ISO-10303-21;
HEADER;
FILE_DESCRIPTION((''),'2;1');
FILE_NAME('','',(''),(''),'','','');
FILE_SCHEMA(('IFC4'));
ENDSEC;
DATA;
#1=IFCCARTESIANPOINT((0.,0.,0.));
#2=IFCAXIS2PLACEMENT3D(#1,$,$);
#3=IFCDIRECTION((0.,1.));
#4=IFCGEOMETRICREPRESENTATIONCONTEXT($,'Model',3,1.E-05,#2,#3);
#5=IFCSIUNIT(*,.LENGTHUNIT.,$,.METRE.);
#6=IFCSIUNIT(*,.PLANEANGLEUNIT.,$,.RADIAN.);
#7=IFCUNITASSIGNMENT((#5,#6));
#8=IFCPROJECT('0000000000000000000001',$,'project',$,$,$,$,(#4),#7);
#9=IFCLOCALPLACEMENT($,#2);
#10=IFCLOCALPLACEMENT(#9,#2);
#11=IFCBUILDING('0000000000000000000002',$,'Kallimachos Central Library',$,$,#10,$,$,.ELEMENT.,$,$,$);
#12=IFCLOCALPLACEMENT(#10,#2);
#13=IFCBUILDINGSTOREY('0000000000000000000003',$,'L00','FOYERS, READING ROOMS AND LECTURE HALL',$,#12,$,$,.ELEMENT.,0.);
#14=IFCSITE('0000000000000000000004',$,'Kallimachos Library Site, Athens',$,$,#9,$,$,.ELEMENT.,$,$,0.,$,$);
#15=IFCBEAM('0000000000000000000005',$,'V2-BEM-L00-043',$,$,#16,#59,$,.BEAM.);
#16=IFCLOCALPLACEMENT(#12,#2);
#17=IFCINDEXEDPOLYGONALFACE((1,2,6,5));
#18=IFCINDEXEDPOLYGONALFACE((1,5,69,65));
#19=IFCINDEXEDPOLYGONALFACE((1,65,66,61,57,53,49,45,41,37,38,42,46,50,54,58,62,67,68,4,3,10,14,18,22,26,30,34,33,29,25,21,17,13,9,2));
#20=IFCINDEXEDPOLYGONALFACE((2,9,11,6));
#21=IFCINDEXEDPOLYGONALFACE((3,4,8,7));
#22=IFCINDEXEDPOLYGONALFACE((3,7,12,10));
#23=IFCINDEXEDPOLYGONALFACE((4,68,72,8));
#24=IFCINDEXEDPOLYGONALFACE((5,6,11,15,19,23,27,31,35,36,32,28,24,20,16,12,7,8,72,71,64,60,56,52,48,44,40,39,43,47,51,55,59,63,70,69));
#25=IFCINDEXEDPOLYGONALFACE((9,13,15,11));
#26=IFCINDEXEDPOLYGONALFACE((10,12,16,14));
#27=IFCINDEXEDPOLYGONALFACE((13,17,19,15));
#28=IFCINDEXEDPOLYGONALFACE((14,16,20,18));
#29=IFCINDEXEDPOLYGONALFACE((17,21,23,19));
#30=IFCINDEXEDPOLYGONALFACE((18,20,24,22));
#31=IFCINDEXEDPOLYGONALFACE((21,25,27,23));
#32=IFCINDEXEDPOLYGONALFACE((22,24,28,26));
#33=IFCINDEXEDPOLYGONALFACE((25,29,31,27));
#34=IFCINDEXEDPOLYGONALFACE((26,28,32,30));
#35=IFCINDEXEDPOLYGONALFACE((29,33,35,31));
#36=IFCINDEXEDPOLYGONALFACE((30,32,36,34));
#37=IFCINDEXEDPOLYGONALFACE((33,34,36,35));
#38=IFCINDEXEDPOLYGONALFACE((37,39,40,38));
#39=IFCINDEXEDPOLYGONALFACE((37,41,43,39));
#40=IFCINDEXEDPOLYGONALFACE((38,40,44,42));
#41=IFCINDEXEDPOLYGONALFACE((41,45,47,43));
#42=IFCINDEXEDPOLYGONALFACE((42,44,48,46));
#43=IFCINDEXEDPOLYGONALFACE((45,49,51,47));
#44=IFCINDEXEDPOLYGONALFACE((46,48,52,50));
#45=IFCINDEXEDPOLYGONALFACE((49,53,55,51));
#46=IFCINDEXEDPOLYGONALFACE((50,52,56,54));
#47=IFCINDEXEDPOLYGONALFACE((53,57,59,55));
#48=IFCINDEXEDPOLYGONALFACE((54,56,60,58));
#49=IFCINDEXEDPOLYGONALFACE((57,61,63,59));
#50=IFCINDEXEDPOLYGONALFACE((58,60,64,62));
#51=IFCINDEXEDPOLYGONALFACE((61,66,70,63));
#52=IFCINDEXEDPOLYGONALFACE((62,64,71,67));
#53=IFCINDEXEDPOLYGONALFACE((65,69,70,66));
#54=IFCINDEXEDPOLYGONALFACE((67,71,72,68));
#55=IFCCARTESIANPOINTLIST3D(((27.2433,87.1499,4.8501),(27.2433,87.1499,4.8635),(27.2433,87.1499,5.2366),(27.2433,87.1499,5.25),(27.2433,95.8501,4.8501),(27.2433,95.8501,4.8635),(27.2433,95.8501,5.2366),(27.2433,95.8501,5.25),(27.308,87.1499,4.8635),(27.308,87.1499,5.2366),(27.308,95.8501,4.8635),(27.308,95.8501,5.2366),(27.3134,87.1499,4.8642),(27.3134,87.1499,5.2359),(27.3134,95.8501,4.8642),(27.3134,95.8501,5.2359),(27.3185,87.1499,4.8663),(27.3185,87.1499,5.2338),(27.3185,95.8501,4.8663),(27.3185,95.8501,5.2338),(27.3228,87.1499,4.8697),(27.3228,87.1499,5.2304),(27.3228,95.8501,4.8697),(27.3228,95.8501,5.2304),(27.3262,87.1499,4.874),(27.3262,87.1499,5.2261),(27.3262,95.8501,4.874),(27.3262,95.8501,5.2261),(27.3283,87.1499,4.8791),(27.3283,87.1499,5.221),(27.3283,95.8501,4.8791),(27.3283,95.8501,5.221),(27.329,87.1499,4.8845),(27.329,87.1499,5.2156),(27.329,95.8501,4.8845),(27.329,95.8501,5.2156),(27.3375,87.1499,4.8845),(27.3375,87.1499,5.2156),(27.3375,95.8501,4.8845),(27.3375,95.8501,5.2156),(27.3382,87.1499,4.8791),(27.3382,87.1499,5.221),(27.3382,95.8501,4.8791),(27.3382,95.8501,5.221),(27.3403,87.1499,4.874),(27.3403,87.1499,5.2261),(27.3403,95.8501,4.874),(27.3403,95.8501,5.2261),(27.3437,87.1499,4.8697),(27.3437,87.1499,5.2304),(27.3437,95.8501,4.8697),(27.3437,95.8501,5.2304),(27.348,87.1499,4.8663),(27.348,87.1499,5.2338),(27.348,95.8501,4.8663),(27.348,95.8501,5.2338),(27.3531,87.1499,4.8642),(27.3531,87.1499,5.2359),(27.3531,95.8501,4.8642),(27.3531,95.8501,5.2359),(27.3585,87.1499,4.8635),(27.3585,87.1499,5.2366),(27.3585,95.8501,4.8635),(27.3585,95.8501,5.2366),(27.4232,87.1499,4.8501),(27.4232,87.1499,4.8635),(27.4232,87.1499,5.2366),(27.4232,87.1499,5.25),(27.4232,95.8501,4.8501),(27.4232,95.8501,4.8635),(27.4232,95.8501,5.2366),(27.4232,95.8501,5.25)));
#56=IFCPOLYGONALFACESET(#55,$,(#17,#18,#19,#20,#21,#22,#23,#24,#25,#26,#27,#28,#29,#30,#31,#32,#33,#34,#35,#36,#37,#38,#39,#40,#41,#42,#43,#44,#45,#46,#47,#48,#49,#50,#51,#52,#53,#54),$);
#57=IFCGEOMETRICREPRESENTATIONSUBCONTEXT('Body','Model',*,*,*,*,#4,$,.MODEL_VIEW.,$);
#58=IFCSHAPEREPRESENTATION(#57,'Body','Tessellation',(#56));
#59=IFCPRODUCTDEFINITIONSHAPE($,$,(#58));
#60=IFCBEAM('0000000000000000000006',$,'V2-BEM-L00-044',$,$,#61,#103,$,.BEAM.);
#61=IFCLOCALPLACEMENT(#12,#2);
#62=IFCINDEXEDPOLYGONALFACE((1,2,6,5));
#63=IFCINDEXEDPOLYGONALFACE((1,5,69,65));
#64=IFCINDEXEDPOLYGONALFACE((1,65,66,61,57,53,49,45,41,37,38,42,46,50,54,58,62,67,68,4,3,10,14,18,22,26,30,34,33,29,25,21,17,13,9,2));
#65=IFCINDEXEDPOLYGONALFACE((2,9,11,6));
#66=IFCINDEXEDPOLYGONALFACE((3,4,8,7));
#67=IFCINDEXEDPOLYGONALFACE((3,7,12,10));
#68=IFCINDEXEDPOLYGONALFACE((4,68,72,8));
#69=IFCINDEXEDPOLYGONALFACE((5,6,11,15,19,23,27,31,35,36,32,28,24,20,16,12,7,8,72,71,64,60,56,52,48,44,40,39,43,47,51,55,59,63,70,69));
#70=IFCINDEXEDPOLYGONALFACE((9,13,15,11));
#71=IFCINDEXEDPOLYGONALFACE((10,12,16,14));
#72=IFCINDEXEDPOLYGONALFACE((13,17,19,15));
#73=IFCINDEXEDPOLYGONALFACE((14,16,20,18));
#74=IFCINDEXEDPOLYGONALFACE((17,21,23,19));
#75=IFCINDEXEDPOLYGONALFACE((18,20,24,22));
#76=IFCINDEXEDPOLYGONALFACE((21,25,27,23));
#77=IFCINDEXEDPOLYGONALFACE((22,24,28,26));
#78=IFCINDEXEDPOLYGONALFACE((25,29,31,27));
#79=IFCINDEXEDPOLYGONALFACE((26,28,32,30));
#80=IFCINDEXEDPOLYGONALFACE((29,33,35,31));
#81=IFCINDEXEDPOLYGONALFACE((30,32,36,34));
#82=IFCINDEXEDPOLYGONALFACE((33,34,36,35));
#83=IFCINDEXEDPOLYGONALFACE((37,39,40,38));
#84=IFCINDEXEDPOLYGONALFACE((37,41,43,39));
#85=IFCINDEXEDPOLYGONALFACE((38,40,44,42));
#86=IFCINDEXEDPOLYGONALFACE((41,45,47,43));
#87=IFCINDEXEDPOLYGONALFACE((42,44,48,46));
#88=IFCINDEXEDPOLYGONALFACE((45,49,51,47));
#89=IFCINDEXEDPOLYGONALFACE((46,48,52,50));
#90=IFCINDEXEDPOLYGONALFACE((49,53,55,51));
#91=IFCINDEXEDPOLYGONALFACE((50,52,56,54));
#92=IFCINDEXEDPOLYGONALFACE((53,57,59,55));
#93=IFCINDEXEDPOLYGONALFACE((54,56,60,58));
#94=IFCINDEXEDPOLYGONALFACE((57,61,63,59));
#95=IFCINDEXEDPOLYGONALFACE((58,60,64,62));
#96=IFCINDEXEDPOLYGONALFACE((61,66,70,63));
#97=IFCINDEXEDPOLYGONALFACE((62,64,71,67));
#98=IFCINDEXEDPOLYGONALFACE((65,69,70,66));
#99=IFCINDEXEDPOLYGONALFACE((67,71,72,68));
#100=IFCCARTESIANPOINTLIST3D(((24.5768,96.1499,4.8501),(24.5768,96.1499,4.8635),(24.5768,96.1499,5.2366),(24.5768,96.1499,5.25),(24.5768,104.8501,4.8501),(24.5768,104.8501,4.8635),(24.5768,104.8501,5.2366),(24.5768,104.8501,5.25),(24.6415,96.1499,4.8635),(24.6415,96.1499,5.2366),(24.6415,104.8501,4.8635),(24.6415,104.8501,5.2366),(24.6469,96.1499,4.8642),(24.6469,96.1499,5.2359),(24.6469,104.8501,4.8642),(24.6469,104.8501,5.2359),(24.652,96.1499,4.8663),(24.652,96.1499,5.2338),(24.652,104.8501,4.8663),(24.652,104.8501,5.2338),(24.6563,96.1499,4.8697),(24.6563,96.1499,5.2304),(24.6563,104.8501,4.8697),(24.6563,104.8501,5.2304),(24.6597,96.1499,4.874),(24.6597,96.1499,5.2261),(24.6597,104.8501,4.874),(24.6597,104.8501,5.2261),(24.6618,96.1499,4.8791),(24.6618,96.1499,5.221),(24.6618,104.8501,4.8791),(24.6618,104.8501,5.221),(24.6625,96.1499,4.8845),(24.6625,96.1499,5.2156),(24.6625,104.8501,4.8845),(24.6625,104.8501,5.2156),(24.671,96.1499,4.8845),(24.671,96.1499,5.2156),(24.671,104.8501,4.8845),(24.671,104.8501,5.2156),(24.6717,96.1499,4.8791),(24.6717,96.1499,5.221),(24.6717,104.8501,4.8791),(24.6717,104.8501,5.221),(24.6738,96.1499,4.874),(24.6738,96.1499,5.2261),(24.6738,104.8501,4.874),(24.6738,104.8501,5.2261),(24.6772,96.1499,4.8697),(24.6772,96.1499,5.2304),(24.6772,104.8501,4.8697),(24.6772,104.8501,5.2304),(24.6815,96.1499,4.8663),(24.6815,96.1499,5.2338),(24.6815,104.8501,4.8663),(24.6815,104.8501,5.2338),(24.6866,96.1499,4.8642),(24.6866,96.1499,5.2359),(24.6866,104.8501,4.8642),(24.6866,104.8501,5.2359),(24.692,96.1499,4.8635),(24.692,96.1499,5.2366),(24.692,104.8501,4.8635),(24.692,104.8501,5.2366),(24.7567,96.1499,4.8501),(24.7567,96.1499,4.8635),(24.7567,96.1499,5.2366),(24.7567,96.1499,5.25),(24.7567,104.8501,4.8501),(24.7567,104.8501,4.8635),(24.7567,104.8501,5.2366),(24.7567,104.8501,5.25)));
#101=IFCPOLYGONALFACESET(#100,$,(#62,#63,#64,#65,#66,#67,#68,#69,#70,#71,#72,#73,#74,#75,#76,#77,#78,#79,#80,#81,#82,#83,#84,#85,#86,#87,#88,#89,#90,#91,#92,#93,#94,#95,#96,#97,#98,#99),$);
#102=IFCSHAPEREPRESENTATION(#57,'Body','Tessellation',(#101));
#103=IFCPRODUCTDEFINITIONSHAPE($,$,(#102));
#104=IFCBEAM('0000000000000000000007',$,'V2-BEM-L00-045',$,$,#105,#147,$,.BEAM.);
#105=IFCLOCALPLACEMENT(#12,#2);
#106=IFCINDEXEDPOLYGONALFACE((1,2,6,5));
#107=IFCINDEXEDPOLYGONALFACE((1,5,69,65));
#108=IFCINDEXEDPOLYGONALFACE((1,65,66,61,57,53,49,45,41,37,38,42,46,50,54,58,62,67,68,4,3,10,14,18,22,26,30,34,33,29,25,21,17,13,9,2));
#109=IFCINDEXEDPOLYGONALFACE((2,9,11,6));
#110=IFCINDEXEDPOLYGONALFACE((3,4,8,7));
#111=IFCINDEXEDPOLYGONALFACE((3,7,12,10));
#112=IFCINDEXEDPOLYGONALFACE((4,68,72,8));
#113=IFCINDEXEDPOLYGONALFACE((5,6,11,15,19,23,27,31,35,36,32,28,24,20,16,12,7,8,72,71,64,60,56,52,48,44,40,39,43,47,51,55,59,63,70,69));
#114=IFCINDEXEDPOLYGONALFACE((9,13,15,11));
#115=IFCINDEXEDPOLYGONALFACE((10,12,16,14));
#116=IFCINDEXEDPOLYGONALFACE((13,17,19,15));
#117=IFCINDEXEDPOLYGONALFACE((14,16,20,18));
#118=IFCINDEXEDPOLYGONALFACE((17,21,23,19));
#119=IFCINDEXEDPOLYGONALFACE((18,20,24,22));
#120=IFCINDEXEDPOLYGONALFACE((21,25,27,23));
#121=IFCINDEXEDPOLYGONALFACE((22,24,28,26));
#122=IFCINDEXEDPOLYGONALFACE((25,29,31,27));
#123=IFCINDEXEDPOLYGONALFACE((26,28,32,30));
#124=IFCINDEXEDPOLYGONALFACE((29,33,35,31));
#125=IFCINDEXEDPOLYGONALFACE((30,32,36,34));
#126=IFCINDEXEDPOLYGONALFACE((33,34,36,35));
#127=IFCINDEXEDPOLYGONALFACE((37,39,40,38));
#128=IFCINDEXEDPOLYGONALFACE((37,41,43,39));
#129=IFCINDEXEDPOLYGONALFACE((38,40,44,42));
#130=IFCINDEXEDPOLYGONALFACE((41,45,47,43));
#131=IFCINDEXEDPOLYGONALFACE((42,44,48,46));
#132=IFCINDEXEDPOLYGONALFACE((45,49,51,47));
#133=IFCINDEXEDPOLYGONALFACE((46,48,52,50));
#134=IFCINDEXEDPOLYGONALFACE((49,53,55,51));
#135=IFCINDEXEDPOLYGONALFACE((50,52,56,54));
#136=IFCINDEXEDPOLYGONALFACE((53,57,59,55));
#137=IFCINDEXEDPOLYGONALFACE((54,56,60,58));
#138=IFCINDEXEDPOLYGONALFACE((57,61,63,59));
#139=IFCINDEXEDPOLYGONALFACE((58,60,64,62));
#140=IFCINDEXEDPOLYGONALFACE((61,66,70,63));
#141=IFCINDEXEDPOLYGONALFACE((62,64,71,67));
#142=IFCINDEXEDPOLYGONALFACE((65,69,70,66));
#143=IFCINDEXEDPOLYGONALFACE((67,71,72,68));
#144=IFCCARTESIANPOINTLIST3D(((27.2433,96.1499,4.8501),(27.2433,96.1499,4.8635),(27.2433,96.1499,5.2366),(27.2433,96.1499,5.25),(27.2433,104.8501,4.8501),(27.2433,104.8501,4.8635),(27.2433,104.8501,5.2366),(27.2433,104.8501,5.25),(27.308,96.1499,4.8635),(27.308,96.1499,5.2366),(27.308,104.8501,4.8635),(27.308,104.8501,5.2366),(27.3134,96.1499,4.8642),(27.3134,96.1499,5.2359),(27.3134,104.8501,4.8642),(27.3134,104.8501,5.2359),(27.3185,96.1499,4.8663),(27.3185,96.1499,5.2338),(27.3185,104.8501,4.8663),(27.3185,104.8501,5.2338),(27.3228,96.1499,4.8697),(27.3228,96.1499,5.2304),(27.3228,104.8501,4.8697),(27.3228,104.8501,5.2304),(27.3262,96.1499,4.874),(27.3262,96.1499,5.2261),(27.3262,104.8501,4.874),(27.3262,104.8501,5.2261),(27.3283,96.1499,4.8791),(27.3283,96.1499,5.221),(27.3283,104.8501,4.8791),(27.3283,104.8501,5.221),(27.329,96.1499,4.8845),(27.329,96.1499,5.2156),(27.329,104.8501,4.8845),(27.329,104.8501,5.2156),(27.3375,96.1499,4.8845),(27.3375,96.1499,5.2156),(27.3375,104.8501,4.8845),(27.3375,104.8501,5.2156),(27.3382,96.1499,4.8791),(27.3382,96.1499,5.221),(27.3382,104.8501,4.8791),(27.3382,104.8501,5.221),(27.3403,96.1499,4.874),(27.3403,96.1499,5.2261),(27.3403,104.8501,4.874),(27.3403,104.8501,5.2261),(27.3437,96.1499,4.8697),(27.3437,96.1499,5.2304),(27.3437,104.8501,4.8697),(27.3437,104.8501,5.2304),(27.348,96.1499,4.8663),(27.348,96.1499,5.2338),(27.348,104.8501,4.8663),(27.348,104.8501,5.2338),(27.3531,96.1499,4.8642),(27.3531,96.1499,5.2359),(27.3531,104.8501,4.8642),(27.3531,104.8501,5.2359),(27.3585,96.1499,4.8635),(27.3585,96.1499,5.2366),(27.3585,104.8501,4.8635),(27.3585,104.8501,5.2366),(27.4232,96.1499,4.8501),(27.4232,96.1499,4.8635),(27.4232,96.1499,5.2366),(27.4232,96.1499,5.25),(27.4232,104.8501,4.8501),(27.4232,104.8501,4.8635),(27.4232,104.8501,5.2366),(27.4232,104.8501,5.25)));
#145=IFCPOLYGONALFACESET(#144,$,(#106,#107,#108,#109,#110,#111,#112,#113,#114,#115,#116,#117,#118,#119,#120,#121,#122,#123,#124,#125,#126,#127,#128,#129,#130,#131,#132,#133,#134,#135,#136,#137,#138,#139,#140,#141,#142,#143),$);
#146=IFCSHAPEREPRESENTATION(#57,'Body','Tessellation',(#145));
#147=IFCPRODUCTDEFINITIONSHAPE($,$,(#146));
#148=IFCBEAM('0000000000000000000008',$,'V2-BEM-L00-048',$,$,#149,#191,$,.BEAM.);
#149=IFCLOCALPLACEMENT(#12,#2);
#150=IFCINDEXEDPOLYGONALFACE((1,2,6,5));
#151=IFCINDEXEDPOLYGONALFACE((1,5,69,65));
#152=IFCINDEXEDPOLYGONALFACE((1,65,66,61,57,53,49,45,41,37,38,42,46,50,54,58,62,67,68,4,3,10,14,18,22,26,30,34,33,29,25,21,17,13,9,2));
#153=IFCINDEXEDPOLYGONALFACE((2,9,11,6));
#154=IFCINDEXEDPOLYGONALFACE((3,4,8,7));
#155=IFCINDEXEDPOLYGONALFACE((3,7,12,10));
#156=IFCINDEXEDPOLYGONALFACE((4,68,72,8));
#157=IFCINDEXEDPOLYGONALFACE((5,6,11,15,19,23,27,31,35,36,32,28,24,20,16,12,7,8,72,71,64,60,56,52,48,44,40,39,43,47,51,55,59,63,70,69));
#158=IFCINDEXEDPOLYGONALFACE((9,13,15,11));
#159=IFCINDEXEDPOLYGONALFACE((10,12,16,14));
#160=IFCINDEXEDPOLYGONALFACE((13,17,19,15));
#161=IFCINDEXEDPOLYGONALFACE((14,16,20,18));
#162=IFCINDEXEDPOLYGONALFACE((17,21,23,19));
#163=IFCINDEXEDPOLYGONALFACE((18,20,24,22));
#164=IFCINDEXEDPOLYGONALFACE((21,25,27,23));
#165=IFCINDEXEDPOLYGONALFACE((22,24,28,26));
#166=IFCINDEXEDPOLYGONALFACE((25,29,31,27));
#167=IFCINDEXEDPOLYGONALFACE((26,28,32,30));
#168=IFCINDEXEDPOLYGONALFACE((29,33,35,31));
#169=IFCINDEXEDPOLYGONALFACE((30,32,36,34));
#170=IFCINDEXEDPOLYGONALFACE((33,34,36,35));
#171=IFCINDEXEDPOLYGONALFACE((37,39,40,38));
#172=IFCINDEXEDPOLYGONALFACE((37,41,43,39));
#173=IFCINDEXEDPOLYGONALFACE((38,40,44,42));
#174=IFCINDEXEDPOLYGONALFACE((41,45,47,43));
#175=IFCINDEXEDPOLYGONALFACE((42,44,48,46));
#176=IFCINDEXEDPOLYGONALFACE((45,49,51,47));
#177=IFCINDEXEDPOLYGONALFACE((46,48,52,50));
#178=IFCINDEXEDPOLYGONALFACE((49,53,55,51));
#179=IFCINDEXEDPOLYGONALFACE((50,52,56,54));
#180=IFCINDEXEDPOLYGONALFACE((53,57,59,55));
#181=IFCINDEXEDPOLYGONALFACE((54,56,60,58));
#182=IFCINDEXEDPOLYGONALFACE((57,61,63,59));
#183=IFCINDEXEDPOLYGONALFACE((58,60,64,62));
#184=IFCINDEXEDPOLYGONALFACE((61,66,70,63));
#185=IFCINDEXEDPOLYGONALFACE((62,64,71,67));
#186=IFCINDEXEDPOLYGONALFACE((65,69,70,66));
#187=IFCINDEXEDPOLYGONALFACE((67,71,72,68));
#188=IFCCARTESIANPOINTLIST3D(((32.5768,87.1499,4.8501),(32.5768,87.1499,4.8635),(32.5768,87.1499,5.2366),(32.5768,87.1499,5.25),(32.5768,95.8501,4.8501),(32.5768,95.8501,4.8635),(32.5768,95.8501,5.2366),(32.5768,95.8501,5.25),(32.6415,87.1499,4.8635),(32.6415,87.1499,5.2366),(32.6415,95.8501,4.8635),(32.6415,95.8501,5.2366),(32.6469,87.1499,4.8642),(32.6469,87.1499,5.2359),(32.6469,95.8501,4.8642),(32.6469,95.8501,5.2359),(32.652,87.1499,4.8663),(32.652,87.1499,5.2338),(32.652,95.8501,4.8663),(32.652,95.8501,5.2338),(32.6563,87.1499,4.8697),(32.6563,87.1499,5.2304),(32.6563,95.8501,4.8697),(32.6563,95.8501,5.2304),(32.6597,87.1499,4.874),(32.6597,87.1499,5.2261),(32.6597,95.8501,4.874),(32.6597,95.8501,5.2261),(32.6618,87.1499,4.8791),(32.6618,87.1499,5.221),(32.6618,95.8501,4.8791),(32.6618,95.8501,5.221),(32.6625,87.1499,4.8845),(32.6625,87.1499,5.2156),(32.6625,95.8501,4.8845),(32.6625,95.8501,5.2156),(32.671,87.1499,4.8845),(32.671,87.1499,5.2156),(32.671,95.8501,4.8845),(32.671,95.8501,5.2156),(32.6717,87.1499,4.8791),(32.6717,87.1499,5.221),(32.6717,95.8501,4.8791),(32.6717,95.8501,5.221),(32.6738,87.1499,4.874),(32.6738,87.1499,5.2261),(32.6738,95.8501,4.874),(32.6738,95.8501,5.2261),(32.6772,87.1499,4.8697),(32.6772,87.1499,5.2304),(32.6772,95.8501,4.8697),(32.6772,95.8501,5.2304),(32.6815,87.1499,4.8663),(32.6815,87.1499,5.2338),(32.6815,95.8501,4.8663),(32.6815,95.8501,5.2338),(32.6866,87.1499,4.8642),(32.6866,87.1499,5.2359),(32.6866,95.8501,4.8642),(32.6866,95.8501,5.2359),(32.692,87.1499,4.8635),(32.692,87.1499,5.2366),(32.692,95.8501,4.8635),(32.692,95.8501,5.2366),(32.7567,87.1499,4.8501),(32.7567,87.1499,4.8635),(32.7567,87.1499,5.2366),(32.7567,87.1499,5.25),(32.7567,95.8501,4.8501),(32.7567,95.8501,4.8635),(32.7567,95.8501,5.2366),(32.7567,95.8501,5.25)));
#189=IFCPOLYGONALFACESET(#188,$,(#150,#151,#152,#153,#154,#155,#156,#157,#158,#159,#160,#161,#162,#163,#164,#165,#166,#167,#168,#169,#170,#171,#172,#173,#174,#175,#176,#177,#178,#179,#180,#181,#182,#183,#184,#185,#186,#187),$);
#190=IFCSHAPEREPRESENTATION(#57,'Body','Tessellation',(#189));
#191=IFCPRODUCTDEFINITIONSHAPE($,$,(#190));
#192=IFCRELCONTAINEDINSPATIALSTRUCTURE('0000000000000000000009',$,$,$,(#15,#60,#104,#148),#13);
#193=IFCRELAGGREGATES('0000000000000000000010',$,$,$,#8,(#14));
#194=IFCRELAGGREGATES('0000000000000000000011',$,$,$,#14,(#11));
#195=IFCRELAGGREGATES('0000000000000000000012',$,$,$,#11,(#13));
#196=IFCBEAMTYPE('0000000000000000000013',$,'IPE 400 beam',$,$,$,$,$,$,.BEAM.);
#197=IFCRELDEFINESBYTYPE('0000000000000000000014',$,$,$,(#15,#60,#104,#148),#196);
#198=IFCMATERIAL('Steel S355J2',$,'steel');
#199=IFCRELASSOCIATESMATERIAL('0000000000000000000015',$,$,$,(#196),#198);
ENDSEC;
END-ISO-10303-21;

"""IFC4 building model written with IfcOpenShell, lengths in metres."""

from ifc_helpers import new_model, si_unit, direction, frame, origin, origin_2d, place, context, subcontext, project, spatial, i_section, extrude, material, material_profile, profile_set, type_object, element, save


model = new_model("IFC4")

# Units and contexts
model_context = context("Model", 3, precision=1e-05, world=origin(), true_north=direction((0.0, 1.0)))
body_context = subcontext(model_context, "Body", "Model", "MODEL_VIEW")
ifc_project = project(units=[si_unit("LENGTHUNIT", "METRE"), si_unit("PLANEANGLEUNIT", "RADIAN")], contexts=[model_context])

# Site, building, storey
site_placement = place(None, origin())
site = spatial("IfcSite", under=ifc_project, at=site_placement, Name="Kallimachos Library Site, Athens", CompositionType="ELEMENT", RefElevation=0.0)
building_placement = place(site_placement, origin())
building = spatial("IfcBuilding", under=site, at=building_placement, Name="Kallimachos Central Library", CompositionType="ELEMENT")
storey_placement = place(building_placement, origin())
storey = spatial("IfcBuildingStorey", under=building, at=storey_placement, Name="L00", Description="FOYERS, READING ROOMS AND LECTURE HALL", CompositionType="ELEMENT", Elevation=0.0)

# Beams
ifc_material_1 = material(Name="Steel S355J2", Category="steel")
ifc_material_profile_1 = material_profile(ifc_material_1, i_section(OverallWidth=0.1799, OverallDepth=0.3999, WebThickness=0.0085, FlangeThickness=0.0134, FilletRadius=0.021, at=origin_2d()), Name="IPE 400")
ifc_profile_set_1 = profile_set([ifc_material_profile_1], Name="Steel S355J2")
beam_type_1 = type_object("IfcBeamType", Name="IPE 400 beam", PredefinedType="BEAM", material=ifc_profile_set_1)
for number, where, z_axis, x_axis, name in (
    (1, (27.3333, 87.1499, 5.05), (0.0, 1.0, 0.0), (-1.0, 0.0, 0.0), "V2-BEM-L00-043"),
    (2, (24.6667, 96.1499, 5.05), (0.0, 1.0, 0.0), (-1.0, 0.0, 0.0), "V2-BEM-L00-044"),
    (3, (27.3333, 96.1499, 5.05), (0.0, 1.0, 0.0), (-1.0, 0.0, 0.0), "V2-BEM-L00-045"),
    (4, (32.6667, 87.1499, 5.05), (0.0, 1.0, 0.0), (-1.0, 0.0, 0.0), "V2-BEM-L00-048"),
):
    element("IfcBeam", number, at=place(storey_placement, frame(where, z_axis=z_axis, x_axis=x_axis)), inside=storey, type_object=beam_type_1, Name=name, PredefinedType="BEAM", context=body_context, shape_type="SweptSolid", body=[
        extrude(i_section(OverallWidth=0.1799, OverallDepth=0.3999, WebThickness=0.0085, FlangeThickness=0.0134, FilletRadius=0.021, at=origin_2d()), origin(), (0.0, 0.0, 1.0), 8.7002),
    ])

save(model, "model.ifc")
